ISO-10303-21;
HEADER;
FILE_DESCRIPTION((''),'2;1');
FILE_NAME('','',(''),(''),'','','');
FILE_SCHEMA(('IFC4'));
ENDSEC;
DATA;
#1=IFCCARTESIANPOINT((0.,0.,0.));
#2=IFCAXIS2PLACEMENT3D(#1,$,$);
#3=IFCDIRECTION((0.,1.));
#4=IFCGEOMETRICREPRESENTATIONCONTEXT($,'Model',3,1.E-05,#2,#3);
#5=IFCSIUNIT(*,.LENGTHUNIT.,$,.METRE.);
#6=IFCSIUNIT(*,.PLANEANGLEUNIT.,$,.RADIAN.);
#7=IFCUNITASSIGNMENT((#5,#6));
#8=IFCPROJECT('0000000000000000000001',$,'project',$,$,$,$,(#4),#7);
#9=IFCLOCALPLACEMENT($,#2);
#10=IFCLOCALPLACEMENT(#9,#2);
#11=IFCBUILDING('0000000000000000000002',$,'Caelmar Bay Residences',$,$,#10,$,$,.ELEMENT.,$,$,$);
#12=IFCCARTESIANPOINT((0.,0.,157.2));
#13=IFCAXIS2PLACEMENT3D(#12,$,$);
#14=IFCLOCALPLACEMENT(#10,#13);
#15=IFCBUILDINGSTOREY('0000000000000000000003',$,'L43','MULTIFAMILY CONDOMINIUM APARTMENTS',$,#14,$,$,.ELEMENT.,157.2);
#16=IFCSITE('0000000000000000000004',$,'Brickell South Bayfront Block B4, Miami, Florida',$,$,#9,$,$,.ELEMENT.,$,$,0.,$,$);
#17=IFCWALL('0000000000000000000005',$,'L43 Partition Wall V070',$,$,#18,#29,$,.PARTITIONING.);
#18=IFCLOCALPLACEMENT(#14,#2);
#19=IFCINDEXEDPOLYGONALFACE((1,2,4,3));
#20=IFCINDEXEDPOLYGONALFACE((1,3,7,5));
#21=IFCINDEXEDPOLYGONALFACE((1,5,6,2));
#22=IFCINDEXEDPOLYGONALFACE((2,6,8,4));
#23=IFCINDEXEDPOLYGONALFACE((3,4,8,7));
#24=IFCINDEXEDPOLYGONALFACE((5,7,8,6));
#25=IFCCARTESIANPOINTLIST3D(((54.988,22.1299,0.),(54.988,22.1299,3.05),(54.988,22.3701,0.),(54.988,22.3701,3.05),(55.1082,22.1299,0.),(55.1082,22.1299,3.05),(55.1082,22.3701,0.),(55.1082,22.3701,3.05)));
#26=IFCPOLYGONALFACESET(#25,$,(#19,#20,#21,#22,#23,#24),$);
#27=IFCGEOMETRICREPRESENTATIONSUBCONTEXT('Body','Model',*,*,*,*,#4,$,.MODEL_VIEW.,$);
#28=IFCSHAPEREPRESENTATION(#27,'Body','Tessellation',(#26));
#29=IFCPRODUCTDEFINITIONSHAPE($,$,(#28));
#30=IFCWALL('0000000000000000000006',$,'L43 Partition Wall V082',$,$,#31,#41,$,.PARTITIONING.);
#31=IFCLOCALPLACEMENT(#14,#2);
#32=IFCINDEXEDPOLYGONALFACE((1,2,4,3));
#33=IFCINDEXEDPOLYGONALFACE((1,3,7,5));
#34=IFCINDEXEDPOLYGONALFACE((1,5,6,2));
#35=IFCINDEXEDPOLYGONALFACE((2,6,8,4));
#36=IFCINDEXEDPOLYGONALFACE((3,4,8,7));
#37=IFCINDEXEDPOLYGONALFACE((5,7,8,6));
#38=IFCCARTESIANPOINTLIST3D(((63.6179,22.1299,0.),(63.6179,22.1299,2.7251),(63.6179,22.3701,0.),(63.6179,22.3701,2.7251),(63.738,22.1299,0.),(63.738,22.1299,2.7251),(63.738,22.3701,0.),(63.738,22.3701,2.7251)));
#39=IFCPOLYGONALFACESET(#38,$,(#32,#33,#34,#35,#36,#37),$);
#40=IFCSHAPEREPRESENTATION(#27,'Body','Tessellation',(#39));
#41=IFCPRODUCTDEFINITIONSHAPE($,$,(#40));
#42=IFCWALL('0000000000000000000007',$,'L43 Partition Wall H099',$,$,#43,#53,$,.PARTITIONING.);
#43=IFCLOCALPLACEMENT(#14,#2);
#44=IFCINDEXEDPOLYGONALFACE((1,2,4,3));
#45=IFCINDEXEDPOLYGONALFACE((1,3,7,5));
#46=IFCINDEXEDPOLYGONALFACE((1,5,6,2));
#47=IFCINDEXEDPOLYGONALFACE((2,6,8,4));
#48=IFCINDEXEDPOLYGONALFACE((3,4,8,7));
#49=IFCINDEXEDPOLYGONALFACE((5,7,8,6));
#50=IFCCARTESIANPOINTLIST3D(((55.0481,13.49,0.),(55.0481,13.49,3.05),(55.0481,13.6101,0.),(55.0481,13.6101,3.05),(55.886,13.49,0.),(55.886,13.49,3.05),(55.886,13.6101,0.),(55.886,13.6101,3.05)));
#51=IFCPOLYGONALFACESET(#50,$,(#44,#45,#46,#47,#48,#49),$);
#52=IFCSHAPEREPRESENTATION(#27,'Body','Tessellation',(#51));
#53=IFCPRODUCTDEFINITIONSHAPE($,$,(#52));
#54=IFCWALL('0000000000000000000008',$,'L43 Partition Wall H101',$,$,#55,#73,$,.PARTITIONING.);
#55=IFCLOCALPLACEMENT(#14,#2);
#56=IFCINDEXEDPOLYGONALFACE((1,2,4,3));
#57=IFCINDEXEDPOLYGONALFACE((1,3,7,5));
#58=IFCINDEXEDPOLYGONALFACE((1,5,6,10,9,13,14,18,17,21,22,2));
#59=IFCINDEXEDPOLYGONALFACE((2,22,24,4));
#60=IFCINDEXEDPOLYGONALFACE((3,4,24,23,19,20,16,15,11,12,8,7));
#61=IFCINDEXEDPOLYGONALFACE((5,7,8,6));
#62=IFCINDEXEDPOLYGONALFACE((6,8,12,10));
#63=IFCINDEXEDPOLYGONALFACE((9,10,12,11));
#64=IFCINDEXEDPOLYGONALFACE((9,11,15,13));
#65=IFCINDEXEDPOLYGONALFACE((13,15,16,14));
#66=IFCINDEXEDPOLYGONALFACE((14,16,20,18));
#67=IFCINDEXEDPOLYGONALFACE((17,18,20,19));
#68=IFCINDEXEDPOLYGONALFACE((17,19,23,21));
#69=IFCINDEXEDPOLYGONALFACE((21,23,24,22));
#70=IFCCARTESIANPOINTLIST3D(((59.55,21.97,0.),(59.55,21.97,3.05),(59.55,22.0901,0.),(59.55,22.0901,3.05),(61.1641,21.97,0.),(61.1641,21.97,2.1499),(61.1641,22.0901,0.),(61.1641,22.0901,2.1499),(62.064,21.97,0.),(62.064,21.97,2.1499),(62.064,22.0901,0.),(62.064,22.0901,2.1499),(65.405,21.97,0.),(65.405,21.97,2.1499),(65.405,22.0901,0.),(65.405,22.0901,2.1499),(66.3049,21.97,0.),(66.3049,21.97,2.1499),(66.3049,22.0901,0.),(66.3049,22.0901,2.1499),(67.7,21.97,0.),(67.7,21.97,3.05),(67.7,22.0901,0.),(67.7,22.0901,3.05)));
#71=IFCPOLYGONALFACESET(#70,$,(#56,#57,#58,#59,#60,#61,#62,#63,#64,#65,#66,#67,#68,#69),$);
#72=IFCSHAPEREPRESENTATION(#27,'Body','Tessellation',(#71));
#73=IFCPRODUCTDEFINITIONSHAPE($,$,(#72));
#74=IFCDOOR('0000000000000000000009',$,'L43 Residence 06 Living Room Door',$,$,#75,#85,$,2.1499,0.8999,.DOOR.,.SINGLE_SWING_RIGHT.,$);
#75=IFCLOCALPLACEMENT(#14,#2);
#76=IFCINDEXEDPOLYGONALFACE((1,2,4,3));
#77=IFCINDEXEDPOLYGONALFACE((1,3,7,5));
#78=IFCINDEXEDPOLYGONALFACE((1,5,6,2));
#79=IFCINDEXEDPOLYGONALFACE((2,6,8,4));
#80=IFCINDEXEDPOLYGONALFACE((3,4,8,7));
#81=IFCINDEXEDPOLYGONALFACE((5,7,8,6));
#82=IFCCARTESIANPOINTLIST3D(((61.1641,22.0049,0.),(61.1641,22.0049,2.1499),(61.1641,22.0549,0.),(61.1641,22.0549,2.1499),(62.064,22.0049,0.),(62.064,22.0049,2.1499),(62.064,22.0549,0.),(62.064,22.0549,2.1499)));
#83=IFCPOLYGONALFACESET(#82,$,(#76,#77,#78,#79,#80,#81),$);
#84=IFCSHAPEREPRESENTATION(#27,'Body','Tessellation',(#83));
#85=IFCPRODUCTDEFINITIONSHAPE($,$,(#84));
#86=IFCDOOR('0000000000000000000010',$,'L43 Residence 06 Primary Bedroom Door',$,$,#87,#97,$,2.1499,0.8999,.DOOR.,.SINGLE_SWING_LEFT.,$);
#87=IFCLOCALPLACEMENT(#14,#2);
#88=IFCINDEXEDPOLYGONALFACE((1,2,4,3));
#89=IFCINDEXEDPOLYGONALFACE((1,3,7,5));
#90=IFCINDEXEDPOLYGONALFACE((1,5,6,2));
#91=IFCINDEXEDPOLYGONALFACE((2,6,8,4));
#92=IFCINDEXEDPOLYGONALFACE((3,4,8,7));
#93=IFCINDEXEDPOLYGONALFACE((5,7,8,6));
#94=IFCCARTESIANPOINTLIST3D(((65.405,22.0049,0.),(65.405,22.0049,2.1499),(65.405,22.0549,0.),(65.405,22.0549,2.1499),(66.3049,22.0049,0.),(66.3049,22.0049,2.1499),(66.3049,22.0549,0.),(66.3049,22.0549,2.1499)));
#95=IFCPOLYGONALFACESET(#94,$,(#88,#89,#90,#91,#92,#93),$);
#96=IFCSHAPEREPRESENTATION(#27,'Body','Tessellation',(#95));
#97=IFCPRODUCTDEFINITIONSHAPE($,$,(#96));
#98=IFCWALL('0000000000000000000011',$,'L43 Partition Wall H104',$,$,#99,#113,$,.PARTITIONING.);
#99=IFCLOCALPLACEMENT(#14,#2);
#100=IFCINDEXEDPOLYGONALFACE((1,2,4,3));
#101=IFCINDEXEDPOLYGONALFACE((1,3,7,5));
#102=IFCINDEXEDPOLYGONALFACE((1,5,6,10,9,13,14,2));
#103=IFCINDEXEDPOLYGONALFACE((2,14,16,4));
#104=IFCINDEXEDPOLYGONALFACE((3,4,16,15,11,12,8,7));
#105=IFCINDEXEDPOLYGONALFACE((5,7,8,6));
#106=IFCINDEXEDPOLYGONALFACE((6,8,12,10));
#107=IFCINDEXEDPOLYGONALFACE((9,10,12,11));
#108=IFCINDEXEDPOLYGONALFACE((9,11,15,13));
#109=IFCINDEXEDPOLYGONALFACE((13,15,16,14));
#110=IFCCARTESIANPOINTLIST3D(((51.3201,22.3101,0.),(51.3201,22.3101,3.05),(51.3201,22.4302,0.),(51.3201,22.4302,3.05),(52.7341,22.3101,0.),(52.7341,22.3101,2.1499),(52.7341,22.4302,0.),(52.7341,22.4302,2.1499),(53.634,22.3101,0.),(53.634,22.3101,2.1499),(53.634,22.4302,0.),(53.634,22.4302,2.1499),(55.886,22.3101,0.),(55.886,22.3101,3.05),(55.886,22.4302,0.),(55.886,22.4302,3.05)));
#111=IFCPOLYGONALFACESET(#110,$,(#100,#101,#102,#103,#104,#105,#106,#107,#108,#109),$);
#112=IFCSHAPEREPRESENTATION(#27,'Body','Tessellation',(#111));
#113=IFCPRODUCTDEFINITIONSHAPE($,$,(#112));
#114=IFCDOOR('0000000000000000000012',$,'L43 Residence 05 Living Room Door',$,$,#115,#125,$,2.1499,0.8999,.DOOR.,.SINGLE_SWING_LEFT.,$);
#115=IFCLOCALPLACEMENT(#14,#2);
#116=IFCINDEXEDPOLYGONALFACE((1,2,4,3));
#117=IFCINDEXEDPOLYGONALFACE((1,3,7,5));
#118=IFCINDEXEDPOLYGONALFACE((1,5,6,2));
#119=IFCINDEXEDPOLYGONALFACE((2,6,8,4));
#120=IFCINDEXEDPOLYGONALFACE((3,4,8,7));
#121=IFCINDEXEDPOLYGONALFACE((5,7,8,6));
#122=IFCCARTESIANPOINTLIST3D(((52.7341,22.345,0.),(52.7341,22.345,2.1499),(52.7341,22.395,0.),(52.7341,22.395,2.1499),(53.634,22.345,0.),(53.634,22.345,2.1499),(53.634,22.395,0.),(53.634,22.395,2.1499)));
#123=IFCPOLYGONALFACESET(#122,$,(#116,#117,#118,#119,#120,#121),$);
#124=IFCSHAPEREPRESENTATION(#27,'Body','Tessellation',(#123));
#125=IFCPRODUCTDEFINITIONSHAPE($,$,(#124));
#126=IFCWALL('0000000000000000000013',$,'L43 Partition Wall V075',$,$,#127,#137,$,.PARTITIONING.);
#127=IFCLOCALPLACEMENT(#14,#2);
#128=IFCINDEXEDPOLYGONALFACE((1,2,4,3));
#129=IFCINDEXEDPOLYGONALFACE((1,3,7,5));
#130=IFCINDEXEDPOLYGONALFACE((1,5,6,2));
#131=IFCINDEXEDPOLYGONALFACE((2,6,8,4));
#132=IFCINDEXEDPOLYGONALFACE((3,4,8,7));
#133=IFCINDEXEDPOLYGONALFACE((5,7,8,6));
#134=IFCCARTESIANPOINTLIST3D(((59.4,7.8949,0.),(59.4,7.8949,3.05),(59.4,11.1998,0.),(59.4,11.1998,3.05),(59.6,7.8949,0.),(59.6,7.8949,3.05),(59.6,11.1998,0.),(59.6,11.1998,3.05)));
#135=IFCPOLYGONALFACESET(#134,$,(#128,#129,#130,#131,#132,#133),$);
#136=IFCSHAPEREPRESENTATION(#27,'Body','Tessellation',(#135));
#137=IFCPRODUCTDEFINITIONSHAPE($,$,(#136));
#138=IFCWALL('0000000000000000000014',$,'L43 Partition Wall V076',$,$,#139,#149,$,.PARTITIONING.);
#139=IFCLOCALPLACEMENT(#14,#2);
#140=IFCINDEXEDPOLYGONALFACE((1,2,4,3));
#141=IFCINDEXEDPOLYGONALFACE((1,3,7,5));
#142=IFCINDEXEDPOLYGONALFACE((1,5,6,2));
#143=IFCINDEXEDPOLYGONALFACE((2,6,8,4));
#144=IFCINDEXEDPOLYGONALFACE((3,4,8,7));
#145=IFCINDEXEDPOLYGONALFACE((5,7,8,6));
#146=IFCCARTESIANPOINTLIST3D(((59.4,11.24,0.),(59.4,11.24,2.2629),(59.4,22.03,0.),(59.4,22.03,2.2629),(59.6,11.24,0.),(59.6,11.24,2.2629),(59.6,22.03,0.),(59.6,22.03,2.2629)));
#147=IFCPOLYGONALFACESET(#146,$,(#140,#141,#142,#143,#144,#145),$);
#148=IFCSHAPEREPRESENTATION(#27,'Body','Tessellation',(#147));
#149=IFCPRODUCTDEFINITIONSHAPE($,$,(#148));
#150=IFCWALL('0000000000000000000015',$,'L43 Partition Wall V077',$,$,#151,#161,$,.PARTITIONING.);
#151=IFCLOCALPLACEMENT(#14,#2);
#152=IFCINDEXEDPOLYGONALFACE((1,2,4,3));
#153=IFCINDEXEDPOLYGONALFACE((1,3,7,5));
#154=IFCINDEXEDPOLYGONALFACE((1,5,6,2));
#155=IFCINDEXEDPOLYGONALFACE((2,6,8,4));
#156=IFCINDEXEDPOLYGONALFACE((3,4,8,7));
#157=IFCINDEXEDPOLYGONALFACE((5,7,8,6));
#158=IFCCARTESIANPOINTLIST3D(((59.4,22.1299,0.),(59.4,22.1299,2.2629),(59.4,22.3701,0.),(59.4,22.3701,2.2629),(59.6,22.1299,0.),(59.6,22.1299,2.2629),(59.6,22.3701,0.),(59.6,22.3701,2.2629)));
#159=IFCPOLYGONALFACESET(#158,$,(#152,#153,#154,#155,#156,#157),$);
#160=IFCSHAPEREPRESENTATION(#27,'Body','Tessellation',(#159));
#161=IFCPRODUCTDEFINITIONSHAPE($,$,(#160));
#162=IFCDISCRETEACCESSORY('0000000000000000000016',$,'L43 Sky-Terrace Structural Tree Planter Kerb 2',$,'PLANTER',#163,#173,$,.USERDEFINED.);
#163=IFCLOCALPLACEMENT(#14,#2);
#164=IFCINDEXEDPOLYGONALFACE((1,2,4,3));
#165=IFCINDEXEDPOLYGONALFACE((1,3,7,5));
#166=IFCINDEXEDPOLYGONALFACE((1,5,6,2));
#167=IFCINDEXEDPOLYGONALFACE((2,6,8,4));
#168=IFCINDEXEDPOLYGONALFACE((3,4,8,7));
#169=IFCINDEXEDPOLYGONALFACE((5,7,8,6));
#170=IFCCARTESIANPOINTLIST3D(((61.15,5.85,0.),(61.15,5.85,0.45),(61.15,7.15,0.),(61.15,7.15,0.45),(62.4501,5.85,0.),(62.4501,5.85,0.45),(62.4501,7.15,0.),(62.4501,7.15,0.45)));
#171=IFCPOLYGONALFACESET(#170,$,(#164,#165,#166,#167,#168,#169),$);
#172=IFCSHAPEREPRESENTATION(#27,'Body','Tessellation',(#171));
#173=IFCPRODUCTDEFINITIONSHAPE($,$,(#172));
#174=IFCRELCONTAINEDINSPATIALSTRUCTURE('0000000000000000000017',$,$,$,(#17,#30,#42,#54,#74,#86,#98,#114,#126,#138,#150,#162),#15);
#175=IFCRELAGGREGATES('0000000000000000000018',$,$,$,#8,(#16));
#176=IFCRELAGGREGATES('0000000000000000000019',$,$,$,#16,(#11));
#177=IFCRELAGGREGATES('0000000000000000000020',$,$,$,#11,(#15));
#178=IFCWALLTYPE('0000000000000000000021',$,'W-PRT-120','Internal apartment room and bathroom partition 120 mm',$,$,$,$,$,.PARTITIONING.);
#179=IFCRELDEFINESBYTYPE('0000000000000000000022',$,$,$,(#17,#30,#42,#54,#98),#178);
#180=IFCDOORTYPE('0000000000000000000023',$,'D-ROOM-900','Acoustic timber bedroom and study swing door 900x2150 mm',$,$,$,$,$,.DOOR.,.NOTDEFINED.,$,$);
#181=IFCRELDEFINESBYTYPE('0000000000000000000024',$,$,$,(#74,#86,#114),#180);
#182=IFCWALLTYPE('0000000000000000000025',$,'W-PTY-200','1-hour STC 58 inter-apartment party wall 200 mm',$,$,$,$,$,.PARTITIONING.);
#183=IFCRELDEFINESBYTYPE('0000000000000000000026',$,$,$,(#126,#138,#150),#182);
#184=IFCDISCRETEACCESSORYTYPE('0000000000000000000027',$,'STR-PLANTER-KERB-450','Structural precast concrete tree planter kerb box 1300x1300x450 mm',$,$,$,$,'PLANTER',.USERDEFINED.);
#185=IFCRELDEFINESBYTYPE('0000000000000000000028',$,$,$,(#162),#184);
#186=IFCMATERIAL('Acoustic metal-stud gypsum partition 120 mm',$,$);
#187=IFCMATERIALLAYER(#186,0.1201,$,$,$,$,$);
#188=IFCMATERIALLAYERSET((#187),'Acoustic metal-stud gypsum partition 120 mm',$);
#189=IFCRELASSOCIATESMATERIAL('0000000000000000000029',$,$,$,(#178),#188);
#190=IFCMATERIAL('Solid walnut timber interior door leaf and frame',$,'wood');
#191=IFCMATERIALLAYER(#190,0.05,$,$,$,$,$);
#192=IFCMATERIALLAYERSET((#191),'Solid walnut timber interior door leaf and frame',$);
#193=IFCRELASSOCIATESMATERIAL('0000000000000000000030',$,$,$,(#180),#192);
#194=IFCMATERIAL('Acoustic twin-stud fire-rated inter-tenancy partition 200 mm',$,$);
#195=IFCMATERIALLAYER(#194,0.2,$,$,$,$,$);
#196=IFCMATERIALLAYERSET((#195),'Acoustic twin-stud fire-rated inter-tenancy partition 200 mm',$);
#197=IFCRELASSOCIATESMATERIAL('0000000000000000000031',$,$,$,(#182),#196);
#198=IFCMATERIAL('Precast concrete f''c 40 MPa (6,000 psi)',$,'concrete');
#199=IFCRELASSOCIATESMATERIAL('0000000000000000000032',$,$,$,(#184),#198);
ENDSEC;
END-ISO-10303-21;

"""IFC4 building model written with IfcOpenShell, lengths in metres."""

from ifc_helpers import new_model, si_unit, direction, frame, frame_2d, origin, origin_2d, place, context, subcontext, project, spatial, rectangle, extrude, material, layer, layer_set, type_object, element, fill, save


model = new_model("IFC4")

# Units and contexts
model_context = context("Model", 3, precision=1e-05, world=origin(), true_north=direction((0.0, 1.0)))
body_context = subcontext(model_context, "Body", "Model", "MODEL_VIEW")
ifc_project = project(units=[si_unit("LENGTHUNIT", "METRE"), si_unit("PLANEANGLEUNIT", "RADIAN")], contexts=[model_context])

# Site, building, storey
site_placement = place(None, origin())
site = spatial("IfcSite", under=ifc_project, at=site_placement, Name="Brickell South Bayfront Block B4, Miami, Florida", CompositionType="ELEMENT", RefElevation=0.0)
building_placement = place(site_placement, origin())
building = spatial("IfcBuilding", under=site, at=building_placement, Name="Caelmar Bay Residences", CompositionType="ELEMENT")
storey_placement = place(building_placement, frame((0.0, 0.0, 157.2)))
storey = spatial("IfcBuildingStorey", under=building, at=storey_placement, Name="L43", Description="MULTIFAMILY CONDOMINIUM APARTMENTS", CompositionType="ELEMENT", Elevation=157.2)

# Walls
ifc_material_1 = material(Name="Acoustic metal-stud gypsum partition 120 mm")
ifc_layer_1 = layer(ifc_material_1, 0.1201)
ifc_layer_set_1 = layer_set([ifc_layer_1], Name="Acoustic metal-stud gypsum partition 120 mm")
wall_type_1 = type_object("IfcWallType", Name="W-PRT-120", Description="Internal apartment room and bathroom partition 120 mm", PredefinedType="PARTITIONING", material=ifc_layer_set_1)
wall_1_placement = place(storey_placement, frame((55.0481, 22.1299, 0.0), z_axis=(0.0, 0.0, 1.0), x_axis=(0.0, 1.0, 0.0)))
element("IfcWall", 1, at=wall_1_placement, inside=storey, type_object=wall_type_1, Name="L43 Partition Wall V070", PredefinedType="PARTITIONING", context=body_context, shape_type="SweptSolid", body=[
    extrude(rectangle(XDim=0.2402, YDim=0.1201, at=frame_2d((0.1201, 0.0))), origin(), (0.0, 0.0, 1.0), 3.05),
])
wall_2_placement = place(storey_placement, frame((63.678, 22.1299, 0.0), z_axis=(0.0, 0.0, 1.0), x_axis=(0.0, 1.0, 0.0)))
element("IfcWall", 2, at=wall_2_placement, inside=storey, type_object=wall_type_1, Name="L43 Partition Wall V082", PredefinedType="PARTITIONING", context=body_context, shape_type="SweptSolid", body=[
    extrude(rectangle(XDim=0.2402, YDim=0.1201, at=frame_2d((0.1201, 0.0))), origin(), (0.0, 0.0, 1.0), 2.7251),
])
wall_3_placement = place(storey_placement, frame((55.0481, 13.55, 0.0), z_axis=(0.0, 0.0, 1.0), x_axis=(1.0, 0.0, 0.0)))
element("IfcWall", 3, at=wall_3_placement, inside=storey, type_object=wall_type_1, Name="L43 Partition Wall H099", PredefinedType="PARTITIONING", context=body_context, shape_type="SweptSolid", body=[
    extrude(rectangle(XDim=0.8379, YDim=0.1201, at=frame_2d((0.4189, 0.0))), origin(), (0.0, 0.0, 1.0), 3.05),
])

# Shared definitions
ifc_material_2 = material(Name="Solid walnut timber interior door leaf and frame", Category="wood")
ifc_layer_2 = layer(ifc_material_2, 0.05)
ifc_layer_set_2 = layer_set([ifc_layer_2], Name="Solid walnut timber interior door leaf and frame")
door_type = type_object("IfcDoorType", Name="D-ROOM-900", Description="Acoustic timber bedroom and study swing door 900x2150 mm", OperationType="NOTDEFINED", PredefinedType="DOOR", material=ifc_layer_set_2)

# Wall, openings, doors
wall_4_placement = place(storey_placement, frame((59.55, 22.03, 0.0), z_axis=(0.0, 0.0, 1.0), x_axis=(1.0, 0.0, 0.0)))
wall_4 = element("IfcWall", 4, at=wall_4_placement, inside=storey, type_object=wall_type_1, Name="L43 Partition Wall H101", PredefinedType="PARTITIONING", context=body_context, shape_type="SweptSolid", body=[
    extrude(rectangle(XDim=8.1499, YDim=0.1201, at=frame_2d((4.075, 0.0))), origin(), (0.0, 0.0, 1.0), 3.05),
])
opening_1_placement = place(wall_4_placement, frame((1.614, 0.0, 0.0)))
opening_1 = element("IfcOpeningElement", 5, at=opening_1_placement, cuts=wall_4, PredefinedType="OPENING", context=body_context, shape_type="SweptSolid", body=[
    extrude(rectangle(XDim=0.8999, YDim=2.1499, at=frame_2d((0.45, 1.075))), frame((0.0, 0.0701, 0.0), z_axis=(0.0, -1.0, 0.0), x_axis=(1.0, 0.0, 0.0)), (0.0, 0.0, 1.0), 0.1401),
])
opening_2_placement = place(wall_4_placement, frame((5.855, 0.0, 0.0)))
opening_2 = element("IfcOpeningElement", 6, at=opening_2_placement, cuts=wall_4, PredefinedType="OPENING", context=body_context, shape_type="SweptSolid", body=[
    extrude(rectangle(XDim=0.8999, YDim=2.1499, at=frame_2d((0.45, 1.075))), frame((0.0, 0.0701, 0.0), z_axis=(0.0, -1.0, 0.0), x_axis=(1.0, 0.0, 0.0)), (0.0, 0.0, 1.0), 0.1401),
])
door_1_placement = place(opening_1_placement, origin())
door_1 = element("IfcDoor", 7, at=door_1_placement, inside=storey, type_object=door_type, Name="L43 Residence 06 Living Room Door", OperationType="SINGLE_SWING_RIGHT", OverallHeight=2.1499, OverallWidth=0.8999, PredefinedType="DOOR", context=body_context, shape_type="SweptSolid", body=[
    extrude(rectangle(XDim=0.8999, YDim=2.1499, at=frame_2d((0.45, 1.075))), frame((0.0, 0.0249, 0.0), z_axis=(0.0, -1.0, 0.0), x_axis=(1.0, 0.0, 0.0)), (0.0, 0.0, 1.0), 0.05),
])
fill(opening_1, door_1)
door_2_placement = place(opening_2_placement, origin())
door_2 = element("IfcDoor", 8, at=door_2_placement, inside=storey, type_object=door_type, Name="L43 Residence 06 Primary Bedroom Door", OperationType="SINGLE_SWING_LEFT", OverallHeight=2.1499, OverallWidth=0.8999, PredefinedType="DOOR", context=body_context, shape_type="SweptSolid", body=[
    extrude(rectangle(XDim=0.8999, YDim=2.1499, at=frame_2d((0.45, 1.075))), frame((0.0, 0.0249, 0.0), z_axis=(0.0, -1.0, 0.0), x_axis=(1.0, 0.0, 0.0)), (0.0, 0.0, 1.0), 0.05),
])
fill(opening_2, door_2)

# Wall, opening, door
wall_5_placement = place(storey_placement, frame((51.3201, 22.3701, 0.0), z_axis=(0.0, 0.0, 1.0), x_axis=(1.0, 0.0, 0.0)))
wall_5 = element("IfcWall", 9, at=wall_5_placement, inside=storey, type_object=wall_type_1, Name="L43 Partition Wall H104", PredefinedType="PARTITIONING", context=body_context, shape_type="SweptSolid", body=[
    extrude(rectangle(XDim=4.5659, YDim=0.1201, at=frame_2d((2.283, 0.0))), origin(), (0.0, 0.0, 1.0), 3.05),
])
opening_3_placement = place(wall_5_placement, frame((1.4141, 0.0, 0.0)))
opening_3 = element("IfcOpeningElement", 10, at=opening_3_placement, cuts=wall_5, PredefinedType="OPENING", context=body_context, shape_type="SweptSolid", body=[
    extrude(rectangle(XDim=0.8999, YDim=2.1499, at=frame_2d((0.45, 1.075))), frame((0.0, 0.0701, 0.0), z_axis=(0.0, -1.0, 0.0), x_axis=(1.0, 0.0, 0.0)), (0.0, 0.0, 1.0), 0.1401),
])
door_3_placement = place(opening_3_placement, origin())
door_3 = element("IfcDoor", 11, at=door_3_placement, inside=storey, type_object=door_type, Name="L43 Residence 05 Living Room Door", OperationType="SINGLE_SWING_LEFT", OverallHeight=2.1499, OverallWidth=0.8999, PredefinedType="DOOR", context=body_context, shape_type="SweptSolid", body=[
    extrude(rectangle(XDim=0.8999, YDim=2.1499, at=frame_2d((0.45, 1.075))), frame((0.0, 0.0249, 0.0), z_axis=(0.0, -1.0, 0.0), x_axis=(1.0, 0.0, 0.0)), (0.0, 0.0, 1.0), 0.05),
])
fill(opening_3, door_3)

# Walls
ifc_material_3 = material(Name="Acoustic twin-stud fire-rated inter-tenancy partition 200 mm")
ifc_layer_3 = layer(ifc_material_3, 0.2)
ifc_layer_set_3 = layer_set([ifc_layer_3], Name="Acoustic twin-stud fire-rated inter-tenancy partition 200 mm")
wall_type_2 = type_object("IfcWallType", Name="W-PTY-200", Description="1-hour STC 58 inter-apartment party wall 200 mm", PredefinedType="PARTITIONING", material=ifc_layer_set_3)
wall_6_placement = place(storey_placement, frame((59.5, 7.895, 0.0), z_axis=(0.0, 0.0, 1.0), x_axis=(0.0, 1.0, 0.0)))
element("IfcWall", 12, at=wall_6_placement, inside=storey, type_object=wall_type_2, Name="L43 Partition Wall V075", PredefinedType="PARTITIONING", context=body_context, shape_type="SweptSolid", body=[
    extrude(rectangle(XDim=3.3049, YDim=0.2, at=frame_2d((1.6523, 0.0))), origin(), (0.0, 0.0, 1.0), 3.05),
])
wall_7_placement = place(storey_placement, frame((59.5, 11.24, 0.0), z_axis=(0.0, 0.0, 1.0), x_axis=(0.0, 1.0, 0.0)))
element("IfcWall", 13, at=wall_7_placement, inside=storey, type_object=wall_type_2, Name="L43 Partition Wall V076", PredefinedType="PARTITIONING", context=body_context, shape_type="SweptSolid", body=[
    extrude(rectangle(XDim=10.79, YDim=0.2, at=frame_2d((5.395, 0.0))), origin(), (0.0, 0.0, 1.0), 2.2629),
])
wall_8_placement = place(storey_placement, frame((59.5, 22.1299, 0.0), z_axis=(0.0, 0.0, 1.0), x_axis=(0.0, 1.0, 0.0)))
element("IfcWall", 14, at=wall_8_placement, inside=storey, type_object=wall_type_2, Name="L43 Partition Wall V077", PredefinedType="PARTITIONING", context=body_context, shape_type="SweptSolid", body=[
    extrude(rectangle(XDim=0.2402, YDim=0.2, at=frame_2d((0.1201, 0.0))), origin(), (0.0, 0.0, 1.0), 2.2629),
])

# Discrete accessory
ifc_material_4 = material(Name="Precast concrete f'c 40 MPa (6,000 psi)", Category="concrete")
discrete_accessory_type = type_object("IfcDiscreteAccessoryType", Name="STR-PLANTER-KERB-450", Description="Structural precast concrete tree planter kerb box 1300x1300x450 mm", ElementType="PLANTER", PredefinedType="USERDEFINED", material=ifc_material_4)
discrete_accessory_placement = place(storey_placement, frame((61.8, 6.5, 0.0), z_axis=(0.0, 0.0, 1.0), x_axis=(1.0, 0.0, 0.0)))
element("IfcDiscreteAccessory", 15, at=discrete_accessory_placement, inside=storey, type_object=discrete_accessory_type, Name="L43 Sky-Terrace Structural Tree Planter Kerb 2", ObjectType="PLANTER", PredefinedType="USERDEFINED", context=body_context, shape_type="SweptSolid", body=[
    extrude(rectangle(XDim=1.3, YDim=1.3, at=origin_2d()), origin(), (0.0, 0.0, 1.0), 0.45),
])

save(model, "model.ifc")
